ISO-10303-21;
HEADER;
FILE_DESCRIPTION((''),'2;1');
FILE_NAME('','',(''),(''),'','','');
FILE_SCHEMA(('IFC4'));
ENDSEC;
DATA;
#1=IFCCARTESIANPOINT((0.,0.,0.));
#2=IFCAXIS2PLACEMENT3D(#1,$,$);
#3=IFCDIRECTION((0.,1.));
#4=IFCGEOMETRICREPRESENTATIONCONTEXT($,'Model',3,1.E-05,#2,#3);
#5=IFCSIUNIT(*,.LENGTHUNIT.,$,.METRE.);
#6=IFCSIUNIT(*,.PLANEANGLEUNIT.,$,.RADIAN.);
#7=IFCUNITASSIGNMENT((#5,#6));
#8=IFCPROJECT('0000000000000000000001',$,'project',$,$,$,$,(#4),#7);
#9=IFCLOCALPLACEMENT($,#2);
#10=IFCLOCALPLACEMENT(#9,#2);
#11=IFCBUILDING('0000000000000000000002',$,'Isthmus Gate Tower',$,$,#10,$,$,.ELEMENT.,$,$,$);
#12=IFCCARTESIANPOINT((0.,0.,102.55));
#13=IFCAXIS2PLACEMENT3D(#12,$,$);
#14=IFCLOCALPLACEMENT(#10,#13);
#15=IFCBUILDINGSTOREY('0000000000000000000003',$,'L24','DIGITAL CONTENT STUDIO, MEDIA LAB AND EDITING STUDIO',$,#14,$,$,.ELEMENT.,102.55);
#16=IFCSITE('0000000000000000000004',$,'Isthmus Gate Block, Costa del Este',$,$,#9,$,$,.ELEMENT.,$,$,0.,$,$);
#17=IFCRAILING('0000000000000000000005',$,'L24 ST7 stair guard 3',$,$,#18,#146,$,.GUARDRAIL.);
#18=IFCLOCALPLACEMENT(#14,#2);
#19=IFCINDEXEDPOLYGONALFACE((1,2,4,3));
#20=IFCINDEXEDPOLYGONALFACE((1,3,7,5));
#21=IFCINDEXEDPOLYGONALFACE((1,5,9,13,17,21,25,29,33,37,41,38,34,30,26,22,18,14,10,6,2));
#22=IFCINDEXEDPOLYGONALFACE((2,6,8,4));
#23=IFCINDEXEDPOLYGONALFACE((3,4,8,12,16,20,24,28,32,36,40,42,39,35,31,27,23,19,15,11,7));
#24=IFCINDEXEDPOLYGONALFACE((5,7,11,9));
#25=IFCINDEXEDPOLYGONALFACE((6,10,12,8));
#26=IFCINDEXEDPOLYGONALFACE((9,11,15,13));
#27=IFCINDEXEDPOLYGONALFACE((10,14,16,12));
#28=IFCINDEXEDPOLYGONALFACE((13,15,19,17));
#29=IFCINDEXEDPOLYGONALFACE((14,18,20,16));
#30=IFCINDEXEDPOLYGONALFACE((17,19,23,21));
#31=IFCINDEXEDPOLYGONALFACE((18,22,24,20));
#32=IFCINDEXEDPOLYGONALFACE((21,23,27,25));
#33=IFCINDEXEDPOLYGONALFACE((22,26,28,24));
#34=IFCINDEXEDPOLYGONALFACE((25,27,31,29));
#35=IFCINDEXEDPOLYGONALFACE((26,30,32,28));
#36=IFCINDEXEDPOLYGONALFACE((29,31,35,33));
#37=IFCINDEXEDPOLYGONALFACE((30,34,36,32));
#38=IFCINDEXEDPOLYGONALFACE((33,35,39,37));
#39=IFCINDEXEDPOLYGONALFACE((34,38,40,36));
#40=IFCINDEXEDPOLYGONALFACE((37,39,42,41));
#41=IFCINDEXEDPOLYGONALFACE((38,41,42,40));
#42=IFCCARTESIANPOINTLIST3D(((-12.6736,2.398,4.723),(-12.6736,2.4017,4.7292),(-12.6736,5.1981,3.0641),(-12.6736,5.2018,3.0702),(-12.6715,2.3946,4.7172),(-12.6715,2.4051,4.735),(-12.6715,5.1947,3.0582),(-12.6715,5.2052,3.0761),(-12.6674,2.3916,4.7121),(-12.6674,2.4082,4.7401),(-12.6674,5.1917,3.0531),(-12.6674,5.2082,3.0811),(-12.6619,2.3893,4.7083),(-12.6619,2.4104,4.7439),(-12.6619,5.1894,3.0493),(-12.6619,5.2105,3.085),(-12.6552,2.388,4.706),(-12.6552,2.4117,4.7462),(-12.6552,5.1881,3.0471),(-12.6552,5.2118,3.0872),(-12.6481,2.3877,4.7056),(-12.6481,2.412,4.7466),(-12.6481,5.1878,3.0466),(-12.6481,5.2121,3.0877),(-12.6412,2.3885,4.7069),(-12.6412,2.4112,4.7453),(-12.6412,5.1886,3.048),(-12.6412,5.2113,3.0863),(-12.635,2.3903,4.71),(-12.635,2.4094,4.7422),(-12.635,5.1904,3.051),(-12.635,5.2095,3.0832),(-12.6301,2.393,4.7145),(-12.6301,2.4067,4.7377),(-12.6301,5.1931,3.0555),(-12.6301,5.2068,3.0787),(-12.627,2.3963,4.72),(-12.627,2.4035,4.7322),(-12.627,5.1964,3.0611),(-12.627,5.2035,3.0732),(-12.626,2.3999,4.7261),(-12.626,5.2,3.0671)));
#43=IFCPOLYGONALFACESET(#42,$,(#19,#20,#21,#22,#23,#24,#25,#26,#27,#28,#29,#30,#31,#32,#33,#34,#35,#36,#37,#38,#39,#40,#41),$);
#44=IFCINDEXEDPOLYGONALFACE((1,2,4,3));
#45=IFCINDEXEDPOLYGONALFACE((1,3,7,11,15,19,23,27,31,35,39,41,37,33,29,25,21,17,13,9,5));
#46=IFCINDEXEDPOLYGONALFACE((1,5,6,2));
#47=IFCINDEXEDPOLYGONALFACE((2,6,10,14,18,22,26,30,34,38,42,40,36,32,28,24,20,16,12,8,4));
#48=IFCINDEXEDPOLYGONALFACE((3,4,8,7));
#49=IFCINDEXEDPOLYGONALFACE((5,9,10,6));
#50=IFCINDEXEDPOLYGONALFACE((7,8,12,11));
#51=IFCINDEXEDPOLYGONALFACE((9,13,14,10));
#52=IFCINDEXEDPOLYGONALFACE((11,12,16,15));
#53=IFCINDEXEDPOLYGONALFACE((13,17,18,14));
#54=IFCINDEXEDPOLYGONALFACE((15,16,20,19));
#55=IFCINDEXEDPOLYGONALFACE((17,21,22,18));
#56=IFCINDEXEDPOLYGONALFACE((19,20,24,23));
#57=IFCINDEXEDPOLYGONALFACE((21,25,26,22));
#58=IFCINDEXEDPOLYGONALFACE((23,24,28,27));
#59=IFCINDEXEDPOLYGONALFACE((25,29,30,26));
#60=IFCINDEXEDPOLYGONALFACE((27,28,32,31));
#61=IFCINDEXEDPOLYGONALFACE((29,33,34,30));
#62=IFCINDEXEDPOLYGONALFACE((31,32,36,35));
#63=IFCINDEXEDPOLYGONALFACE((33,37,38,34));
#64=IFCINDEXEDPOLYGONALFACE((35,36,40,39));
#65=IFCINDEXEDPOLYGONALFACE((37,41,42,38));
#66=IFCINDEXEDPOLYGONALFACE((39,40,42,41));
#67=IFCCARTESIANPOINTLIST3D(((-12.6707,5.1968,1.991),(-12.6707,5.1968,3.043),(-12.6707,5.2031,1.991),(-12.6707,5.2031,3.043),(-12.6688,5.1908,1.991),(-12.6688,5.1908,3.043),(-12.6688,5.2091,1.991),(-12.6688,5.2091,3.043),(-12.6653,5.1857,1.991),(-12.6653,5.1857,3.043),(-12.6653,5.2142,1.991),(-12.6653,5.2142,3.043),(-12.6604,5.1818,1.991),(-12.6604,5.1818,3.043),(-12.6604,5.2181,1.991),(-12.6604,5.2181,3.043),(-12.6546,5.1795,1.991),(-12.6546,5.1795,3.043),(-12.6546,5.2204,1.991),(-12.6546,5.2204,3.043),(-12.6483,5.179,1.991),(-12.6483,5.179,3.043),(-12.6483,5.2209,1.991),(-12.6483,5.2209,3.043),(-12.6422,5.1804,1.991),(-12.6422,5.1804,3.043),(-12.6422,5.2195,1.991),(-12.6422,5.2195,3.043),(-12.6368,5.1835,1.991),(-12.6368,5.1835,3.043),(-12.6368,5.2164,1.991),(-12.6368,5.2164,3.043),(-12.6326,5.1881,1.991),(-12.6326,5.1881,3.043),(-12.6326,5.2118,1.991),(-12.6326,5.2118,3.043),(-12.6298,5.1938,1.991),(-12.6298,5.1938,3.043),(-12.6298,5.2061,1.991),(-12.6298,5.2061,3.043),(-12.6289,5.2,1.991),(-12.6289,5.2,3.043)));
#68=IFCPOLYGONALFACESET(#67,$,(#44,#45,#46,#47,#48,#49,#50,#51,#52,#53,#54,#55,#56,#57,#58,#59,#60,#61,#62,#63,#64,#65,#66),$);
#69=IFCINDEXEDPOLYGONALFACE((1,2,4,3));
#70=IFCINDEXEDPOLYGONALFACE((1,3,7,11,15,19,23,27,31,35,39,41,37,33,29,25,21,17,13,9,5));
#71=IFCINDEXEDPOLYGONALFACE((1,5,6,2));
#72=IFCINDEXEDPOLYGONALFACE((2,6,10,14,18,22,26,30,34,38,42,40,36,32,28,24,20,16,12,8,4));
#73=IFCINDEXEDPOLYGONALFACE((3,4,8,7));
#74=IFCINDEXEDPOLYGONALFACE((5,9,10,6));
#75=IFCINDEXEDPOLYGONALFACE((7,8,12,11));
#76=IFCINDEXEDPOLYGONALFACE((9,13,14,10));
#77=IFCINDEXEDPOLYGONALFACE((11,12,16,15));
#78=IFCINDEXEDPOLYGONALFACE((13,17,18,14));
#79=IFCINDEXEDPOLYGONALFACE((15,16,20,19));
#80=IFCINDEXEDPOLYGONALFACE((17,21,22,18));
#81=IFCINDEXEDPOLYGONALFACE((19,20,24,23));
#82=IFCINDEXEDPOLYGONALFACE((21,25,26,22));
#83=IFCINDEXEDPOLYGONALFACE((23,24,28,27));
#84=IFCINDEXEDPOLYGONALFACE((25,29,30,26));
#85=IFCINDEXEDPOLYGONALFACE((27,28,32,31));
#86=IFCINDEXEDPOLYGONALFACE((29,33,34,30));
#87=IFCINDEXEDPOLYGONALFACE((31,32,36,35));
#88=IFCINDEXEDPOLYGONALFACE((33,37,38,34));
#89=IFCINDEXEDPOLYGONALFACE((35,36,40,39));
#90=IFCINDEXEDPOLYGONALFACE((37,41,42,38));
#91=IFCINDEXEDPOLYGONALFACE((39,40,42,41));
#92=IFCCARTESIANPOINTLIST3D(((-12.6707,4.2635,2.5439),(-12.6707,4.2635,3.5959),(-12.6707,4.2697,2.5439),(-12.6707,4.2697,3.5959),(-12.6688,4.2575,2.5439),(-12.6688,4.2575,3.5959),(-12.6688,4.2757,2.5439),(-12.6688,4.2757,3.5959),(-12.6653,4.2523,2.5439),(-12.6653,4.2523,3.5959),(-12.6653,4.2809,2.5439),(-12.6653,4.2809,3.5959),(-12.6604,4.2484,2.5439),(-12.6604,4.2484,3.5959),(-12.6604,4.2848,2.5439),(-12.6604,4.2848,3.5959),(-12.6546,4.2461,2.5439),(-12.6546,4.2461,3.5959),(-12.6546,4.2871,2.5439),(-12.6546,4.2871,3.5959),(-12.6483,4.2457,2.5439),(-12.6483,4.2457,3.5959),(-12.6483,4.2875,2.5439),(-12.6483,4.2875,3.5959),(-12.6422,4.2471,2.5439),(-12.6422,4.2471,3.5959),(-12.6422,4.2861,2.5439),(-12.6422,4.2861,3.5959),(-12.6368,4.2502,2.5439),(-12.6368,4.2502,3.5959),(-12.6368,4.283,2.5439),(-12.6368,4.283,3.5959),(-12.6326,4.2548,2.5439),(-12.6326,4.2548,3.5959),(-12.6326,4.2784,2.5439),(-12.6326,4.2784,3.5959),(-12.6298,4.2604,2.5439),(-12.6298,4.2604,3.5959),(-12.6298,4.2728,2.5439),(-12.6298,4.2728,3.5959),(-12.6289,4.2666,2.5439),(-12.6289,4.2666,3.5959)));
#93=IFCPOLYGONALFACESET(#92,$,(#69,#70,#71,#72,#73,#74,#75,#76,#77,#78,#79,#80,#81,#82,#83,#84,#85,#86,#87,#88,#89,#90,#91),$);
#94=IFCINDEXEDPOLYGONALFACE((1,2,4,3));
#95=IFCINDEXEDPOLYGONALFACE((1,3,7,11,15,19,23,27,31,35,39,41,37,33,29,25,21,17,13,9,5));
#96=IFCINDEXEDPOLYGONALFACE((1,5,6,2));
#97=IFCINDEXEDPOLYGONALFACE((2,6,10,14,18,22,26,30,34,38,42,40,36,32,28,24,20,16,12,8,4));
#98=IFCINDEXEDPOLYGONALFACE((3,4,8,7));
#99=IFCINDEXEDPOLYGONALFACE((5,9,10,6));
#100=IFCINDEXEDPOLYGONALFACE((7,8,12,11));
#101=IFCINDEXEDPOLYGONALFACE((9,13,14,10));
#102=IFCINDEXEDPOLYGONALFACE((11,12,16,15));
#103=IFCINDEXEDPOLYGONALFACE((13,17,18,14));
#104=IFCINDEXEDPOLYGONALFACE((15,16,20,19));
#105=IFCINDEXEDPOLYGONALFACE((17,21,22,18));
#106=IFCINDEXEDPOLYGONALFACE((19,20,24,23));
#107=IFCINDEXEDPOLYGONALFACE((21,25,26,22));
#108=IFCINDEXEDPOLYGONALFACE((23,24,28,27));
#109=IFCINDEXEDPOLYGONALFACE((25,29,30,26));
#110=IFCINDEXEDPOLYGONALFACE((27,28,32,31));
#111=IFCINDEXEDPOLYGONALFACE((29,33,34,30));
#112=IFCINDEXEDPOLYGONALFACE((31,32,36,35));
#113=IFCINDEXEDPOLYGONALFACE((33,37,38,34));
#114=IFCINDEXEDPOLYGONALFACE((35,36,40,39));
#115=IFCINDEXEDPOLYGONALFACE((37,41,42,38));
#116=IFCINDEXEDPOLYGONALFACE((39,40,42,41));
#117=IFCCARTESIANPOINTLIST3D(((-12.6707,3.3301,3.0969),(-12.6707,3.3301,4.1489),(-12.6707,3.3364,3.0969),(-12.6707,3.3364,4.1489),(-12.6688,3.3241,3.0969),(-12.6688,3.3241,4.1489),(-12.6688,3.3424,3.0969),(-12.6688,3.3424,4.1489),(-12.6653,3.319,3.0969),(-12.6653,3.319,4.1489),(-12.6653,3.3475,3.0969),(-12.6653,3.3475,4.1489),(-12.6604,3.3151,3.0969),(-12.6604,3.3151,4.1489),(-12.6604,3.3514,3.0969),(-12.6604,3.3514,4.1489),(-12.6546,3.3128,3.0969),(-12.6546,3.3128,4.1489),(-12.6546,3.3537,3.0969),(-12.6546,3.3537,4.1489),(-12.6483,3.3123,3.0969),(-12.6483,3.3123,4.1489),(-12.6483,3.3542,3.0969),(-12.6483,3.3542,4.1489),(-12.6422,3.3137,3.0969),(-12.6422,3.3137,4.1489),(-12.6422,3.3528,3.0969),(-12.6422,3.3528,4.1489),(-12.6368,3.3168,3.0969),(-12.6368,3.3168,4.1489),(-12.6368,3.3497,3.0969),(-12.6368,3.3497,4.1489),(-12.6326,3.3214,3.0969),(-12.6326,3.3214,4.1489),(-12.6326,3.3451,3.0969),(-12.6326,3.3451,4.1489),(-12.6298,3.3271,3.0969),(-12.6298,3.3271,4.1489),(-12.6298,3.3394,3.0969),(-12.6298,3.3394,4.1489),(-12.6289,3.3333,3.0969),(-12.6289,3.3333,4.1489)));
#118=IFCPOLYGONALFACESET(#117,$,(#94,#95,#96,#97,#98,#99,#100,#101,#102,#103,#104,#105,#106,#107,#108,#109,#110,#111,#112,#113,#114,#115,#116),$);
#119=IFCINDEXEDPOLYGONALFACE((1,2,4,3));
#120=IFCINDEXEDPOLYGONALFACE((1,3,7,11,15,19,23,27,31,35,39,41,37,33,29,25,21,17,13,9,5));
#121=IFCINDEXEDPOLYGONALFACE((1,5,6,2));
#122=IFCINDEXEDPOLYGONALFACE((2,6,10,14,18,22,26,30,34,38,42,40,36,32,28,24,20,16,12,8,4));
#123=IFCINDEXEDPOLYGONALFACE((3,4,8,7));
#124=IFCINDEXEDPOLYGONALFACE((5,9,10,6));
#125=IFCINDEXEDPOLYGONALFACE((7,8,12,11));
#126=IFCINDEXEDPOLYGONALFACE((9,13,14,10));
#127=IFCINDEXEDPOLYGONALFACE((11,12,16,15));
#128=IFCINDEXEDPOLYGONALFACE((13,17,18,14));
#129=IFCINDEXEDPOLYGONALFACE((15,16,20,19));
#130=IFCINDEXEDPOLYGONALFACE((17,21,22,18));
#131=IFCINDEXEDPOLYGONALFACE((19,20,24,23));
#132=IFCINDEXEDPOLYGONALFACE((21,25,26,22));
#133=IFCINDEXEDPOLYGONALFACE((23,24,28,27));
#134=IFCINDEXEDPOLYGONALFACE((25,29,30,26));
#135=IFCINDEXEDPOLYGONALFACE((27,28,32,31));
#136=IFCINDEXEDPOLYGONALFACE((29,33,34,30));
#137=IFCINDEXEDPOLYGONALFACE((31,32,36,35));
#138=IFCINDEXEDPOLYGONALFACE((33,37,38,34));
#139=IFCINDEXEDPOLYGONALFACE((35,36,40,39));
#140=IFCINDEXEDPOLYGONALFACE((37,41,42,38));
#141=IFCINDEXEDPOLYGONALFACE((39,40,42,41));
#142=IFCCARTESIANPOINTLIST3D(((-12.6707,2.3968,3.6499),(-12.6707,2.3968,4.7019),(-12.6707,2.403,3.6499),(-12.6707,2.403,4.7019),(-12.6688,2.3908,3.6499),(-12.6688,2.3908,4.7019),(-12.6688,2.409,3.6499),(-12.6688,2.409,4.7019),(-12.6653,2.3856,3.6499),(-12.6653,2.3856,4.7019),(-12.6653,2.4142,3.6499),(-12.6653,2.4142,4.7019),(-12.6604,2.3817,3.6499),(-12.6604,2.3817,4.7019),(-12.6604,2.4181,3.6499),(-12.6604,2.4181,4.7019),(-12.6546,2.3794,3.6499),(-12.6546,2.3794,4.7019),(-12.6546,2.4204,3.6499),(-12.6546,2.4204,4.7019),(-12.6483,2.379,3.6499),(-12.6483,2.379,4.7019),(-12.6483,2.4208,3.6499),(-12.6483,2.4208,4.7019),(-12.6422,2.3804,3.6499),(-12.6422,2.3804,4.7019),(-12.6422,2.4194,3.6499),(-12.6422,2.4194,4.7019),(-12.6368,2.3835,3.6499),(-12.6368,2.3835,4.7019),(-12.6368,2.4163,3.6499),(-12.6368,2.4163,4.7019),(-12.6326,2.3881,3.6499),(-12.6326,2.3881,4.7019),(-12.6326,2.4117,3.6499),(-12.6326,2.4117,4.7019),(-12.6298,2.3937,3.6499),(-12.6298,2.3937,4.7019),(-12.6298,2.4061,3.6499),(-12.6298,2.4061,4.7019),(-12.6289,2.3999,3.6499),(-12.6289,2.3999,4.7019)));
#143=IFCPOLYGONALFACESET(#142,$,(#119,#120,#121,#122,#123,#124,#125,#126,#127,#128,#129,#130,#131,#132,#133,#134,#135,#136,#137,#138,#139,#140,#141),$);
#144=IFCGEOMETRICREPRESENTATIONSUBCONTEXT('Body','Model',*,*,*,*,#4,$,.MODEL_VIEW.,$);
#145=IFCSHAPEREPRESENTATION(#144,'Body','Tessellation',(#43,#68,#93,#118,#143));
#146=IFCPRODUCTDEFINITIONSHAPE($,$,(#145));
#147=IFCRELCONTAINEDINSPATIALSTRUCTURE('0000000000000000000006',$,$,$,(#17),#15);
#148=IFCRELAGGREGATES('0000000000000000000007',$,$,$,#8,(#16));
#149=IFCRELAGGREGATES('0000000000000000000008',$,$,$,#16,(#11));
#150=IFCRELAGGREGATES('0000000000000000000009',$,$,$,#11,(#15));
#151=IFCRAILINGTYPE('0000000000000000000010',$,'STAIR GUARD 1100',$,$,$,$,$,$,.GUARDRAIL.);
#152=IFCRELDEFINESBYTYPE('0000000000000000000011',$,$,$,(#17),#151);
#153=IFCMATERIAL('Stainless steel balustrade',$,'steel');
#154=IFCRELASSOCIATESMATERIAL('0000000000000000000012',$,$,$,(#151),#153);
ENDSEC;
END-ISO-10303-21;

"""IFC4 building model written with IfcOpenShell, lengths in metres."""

from ifc_helpers import new_model, si_unit, direction, frame, origin, origin_2d, place, context, subcontext, project, spatial, circle, extrude, material, type_object, element, save


model = new_model("IFC4")

# Units and contexts
model_context = context("Model", 3, precision=1e-05, world=origin(), true_north=direction((0.0, 1.0)))
body_context = subcontext(model_context, "Body", "Model", "MODEL_VIEW")
ifc_project = project(units=[si_unit("LENGTHUNIT", "METRE"), si_unit("PLANEANGLEUNIT", "RADIAN")], contexts=[model_context])

# Site, building, storey
site_placement = place(None, origin())
site = spatial("IfcSite", under=ifc_project, at=site_placement, Name="Isthmus Gate Block, Costa del Este", CompositionType="ELEMENT", RefElevation=0.0)
building_placement = place(site_placement, origin())
building = spatial("IfcBuilding", under=site, at=building_placement, Name="Isthmus Gate Tower", CompositionType="ELEMENT")
storey_placement = place(building_placement, frame((0.0, 0.0, 102.55)))
storey = spatial("IfcBuildingStorey", under=building, at=storey_placement, Name="L24", Description="DIGITAL CONTENT STUDIO, MEDIA LAB AND EDITING STUDIO", CompositionType="ELEMENT", Elevation=102.55)

# Railing
ifc_material_1 = material(Name="Stainless steel balustrade", Category="steel")
railing_type_1 = type_object("IfcRailingType", Name="STAIR GUARD 1100", PredefinedType="GUARDRAIL", material=ifc_material_1)
railing_1_placement = place(storey_placement, frame((-12.6499, 5.2, 1.991)))
element("IfcRailing", 1, at=railing_1_placement, inside=storey, type_object=railing_type_1, Name="L24 ST7 stair guard 3", PredefinedType="GUARDRAIL", context=body_context, shape_type="SweptSolid", body=[
    extrude(circle(Radius=0.0239, at=origin_2d()), frame((0.0, 0.0, 1.0762), z_axis=(0.0, -0.860339, 0.509722), x_axis=(1.0, 0.0, 0.0)), (0.0, 0.0, 1.0), 3.2546),
    extrude(circle(Radius=0.021, at=origin_2d()), origin(), (0.0, 0.0, 1.0), 1.052),
    extrude(circle(Radius=0.021, at=origin_2d()), frame((0.0, -0.9333, 0.553)), (0.0, 0.0, 1.0), 1.052),
    extrude(circle(Radius=0.021, at=origin_2d()), frame((0.0, -1.8667, 1.106)), (0.0, 0.0, 1.0), 1.052),
    extrude(circle(Radius=0.021, at=origin_2d()), frame((0.0, -2.8, 1.6589)), (0.0, 0.0, 1.0), 1.052),
])

save(model, "model.ifc")
